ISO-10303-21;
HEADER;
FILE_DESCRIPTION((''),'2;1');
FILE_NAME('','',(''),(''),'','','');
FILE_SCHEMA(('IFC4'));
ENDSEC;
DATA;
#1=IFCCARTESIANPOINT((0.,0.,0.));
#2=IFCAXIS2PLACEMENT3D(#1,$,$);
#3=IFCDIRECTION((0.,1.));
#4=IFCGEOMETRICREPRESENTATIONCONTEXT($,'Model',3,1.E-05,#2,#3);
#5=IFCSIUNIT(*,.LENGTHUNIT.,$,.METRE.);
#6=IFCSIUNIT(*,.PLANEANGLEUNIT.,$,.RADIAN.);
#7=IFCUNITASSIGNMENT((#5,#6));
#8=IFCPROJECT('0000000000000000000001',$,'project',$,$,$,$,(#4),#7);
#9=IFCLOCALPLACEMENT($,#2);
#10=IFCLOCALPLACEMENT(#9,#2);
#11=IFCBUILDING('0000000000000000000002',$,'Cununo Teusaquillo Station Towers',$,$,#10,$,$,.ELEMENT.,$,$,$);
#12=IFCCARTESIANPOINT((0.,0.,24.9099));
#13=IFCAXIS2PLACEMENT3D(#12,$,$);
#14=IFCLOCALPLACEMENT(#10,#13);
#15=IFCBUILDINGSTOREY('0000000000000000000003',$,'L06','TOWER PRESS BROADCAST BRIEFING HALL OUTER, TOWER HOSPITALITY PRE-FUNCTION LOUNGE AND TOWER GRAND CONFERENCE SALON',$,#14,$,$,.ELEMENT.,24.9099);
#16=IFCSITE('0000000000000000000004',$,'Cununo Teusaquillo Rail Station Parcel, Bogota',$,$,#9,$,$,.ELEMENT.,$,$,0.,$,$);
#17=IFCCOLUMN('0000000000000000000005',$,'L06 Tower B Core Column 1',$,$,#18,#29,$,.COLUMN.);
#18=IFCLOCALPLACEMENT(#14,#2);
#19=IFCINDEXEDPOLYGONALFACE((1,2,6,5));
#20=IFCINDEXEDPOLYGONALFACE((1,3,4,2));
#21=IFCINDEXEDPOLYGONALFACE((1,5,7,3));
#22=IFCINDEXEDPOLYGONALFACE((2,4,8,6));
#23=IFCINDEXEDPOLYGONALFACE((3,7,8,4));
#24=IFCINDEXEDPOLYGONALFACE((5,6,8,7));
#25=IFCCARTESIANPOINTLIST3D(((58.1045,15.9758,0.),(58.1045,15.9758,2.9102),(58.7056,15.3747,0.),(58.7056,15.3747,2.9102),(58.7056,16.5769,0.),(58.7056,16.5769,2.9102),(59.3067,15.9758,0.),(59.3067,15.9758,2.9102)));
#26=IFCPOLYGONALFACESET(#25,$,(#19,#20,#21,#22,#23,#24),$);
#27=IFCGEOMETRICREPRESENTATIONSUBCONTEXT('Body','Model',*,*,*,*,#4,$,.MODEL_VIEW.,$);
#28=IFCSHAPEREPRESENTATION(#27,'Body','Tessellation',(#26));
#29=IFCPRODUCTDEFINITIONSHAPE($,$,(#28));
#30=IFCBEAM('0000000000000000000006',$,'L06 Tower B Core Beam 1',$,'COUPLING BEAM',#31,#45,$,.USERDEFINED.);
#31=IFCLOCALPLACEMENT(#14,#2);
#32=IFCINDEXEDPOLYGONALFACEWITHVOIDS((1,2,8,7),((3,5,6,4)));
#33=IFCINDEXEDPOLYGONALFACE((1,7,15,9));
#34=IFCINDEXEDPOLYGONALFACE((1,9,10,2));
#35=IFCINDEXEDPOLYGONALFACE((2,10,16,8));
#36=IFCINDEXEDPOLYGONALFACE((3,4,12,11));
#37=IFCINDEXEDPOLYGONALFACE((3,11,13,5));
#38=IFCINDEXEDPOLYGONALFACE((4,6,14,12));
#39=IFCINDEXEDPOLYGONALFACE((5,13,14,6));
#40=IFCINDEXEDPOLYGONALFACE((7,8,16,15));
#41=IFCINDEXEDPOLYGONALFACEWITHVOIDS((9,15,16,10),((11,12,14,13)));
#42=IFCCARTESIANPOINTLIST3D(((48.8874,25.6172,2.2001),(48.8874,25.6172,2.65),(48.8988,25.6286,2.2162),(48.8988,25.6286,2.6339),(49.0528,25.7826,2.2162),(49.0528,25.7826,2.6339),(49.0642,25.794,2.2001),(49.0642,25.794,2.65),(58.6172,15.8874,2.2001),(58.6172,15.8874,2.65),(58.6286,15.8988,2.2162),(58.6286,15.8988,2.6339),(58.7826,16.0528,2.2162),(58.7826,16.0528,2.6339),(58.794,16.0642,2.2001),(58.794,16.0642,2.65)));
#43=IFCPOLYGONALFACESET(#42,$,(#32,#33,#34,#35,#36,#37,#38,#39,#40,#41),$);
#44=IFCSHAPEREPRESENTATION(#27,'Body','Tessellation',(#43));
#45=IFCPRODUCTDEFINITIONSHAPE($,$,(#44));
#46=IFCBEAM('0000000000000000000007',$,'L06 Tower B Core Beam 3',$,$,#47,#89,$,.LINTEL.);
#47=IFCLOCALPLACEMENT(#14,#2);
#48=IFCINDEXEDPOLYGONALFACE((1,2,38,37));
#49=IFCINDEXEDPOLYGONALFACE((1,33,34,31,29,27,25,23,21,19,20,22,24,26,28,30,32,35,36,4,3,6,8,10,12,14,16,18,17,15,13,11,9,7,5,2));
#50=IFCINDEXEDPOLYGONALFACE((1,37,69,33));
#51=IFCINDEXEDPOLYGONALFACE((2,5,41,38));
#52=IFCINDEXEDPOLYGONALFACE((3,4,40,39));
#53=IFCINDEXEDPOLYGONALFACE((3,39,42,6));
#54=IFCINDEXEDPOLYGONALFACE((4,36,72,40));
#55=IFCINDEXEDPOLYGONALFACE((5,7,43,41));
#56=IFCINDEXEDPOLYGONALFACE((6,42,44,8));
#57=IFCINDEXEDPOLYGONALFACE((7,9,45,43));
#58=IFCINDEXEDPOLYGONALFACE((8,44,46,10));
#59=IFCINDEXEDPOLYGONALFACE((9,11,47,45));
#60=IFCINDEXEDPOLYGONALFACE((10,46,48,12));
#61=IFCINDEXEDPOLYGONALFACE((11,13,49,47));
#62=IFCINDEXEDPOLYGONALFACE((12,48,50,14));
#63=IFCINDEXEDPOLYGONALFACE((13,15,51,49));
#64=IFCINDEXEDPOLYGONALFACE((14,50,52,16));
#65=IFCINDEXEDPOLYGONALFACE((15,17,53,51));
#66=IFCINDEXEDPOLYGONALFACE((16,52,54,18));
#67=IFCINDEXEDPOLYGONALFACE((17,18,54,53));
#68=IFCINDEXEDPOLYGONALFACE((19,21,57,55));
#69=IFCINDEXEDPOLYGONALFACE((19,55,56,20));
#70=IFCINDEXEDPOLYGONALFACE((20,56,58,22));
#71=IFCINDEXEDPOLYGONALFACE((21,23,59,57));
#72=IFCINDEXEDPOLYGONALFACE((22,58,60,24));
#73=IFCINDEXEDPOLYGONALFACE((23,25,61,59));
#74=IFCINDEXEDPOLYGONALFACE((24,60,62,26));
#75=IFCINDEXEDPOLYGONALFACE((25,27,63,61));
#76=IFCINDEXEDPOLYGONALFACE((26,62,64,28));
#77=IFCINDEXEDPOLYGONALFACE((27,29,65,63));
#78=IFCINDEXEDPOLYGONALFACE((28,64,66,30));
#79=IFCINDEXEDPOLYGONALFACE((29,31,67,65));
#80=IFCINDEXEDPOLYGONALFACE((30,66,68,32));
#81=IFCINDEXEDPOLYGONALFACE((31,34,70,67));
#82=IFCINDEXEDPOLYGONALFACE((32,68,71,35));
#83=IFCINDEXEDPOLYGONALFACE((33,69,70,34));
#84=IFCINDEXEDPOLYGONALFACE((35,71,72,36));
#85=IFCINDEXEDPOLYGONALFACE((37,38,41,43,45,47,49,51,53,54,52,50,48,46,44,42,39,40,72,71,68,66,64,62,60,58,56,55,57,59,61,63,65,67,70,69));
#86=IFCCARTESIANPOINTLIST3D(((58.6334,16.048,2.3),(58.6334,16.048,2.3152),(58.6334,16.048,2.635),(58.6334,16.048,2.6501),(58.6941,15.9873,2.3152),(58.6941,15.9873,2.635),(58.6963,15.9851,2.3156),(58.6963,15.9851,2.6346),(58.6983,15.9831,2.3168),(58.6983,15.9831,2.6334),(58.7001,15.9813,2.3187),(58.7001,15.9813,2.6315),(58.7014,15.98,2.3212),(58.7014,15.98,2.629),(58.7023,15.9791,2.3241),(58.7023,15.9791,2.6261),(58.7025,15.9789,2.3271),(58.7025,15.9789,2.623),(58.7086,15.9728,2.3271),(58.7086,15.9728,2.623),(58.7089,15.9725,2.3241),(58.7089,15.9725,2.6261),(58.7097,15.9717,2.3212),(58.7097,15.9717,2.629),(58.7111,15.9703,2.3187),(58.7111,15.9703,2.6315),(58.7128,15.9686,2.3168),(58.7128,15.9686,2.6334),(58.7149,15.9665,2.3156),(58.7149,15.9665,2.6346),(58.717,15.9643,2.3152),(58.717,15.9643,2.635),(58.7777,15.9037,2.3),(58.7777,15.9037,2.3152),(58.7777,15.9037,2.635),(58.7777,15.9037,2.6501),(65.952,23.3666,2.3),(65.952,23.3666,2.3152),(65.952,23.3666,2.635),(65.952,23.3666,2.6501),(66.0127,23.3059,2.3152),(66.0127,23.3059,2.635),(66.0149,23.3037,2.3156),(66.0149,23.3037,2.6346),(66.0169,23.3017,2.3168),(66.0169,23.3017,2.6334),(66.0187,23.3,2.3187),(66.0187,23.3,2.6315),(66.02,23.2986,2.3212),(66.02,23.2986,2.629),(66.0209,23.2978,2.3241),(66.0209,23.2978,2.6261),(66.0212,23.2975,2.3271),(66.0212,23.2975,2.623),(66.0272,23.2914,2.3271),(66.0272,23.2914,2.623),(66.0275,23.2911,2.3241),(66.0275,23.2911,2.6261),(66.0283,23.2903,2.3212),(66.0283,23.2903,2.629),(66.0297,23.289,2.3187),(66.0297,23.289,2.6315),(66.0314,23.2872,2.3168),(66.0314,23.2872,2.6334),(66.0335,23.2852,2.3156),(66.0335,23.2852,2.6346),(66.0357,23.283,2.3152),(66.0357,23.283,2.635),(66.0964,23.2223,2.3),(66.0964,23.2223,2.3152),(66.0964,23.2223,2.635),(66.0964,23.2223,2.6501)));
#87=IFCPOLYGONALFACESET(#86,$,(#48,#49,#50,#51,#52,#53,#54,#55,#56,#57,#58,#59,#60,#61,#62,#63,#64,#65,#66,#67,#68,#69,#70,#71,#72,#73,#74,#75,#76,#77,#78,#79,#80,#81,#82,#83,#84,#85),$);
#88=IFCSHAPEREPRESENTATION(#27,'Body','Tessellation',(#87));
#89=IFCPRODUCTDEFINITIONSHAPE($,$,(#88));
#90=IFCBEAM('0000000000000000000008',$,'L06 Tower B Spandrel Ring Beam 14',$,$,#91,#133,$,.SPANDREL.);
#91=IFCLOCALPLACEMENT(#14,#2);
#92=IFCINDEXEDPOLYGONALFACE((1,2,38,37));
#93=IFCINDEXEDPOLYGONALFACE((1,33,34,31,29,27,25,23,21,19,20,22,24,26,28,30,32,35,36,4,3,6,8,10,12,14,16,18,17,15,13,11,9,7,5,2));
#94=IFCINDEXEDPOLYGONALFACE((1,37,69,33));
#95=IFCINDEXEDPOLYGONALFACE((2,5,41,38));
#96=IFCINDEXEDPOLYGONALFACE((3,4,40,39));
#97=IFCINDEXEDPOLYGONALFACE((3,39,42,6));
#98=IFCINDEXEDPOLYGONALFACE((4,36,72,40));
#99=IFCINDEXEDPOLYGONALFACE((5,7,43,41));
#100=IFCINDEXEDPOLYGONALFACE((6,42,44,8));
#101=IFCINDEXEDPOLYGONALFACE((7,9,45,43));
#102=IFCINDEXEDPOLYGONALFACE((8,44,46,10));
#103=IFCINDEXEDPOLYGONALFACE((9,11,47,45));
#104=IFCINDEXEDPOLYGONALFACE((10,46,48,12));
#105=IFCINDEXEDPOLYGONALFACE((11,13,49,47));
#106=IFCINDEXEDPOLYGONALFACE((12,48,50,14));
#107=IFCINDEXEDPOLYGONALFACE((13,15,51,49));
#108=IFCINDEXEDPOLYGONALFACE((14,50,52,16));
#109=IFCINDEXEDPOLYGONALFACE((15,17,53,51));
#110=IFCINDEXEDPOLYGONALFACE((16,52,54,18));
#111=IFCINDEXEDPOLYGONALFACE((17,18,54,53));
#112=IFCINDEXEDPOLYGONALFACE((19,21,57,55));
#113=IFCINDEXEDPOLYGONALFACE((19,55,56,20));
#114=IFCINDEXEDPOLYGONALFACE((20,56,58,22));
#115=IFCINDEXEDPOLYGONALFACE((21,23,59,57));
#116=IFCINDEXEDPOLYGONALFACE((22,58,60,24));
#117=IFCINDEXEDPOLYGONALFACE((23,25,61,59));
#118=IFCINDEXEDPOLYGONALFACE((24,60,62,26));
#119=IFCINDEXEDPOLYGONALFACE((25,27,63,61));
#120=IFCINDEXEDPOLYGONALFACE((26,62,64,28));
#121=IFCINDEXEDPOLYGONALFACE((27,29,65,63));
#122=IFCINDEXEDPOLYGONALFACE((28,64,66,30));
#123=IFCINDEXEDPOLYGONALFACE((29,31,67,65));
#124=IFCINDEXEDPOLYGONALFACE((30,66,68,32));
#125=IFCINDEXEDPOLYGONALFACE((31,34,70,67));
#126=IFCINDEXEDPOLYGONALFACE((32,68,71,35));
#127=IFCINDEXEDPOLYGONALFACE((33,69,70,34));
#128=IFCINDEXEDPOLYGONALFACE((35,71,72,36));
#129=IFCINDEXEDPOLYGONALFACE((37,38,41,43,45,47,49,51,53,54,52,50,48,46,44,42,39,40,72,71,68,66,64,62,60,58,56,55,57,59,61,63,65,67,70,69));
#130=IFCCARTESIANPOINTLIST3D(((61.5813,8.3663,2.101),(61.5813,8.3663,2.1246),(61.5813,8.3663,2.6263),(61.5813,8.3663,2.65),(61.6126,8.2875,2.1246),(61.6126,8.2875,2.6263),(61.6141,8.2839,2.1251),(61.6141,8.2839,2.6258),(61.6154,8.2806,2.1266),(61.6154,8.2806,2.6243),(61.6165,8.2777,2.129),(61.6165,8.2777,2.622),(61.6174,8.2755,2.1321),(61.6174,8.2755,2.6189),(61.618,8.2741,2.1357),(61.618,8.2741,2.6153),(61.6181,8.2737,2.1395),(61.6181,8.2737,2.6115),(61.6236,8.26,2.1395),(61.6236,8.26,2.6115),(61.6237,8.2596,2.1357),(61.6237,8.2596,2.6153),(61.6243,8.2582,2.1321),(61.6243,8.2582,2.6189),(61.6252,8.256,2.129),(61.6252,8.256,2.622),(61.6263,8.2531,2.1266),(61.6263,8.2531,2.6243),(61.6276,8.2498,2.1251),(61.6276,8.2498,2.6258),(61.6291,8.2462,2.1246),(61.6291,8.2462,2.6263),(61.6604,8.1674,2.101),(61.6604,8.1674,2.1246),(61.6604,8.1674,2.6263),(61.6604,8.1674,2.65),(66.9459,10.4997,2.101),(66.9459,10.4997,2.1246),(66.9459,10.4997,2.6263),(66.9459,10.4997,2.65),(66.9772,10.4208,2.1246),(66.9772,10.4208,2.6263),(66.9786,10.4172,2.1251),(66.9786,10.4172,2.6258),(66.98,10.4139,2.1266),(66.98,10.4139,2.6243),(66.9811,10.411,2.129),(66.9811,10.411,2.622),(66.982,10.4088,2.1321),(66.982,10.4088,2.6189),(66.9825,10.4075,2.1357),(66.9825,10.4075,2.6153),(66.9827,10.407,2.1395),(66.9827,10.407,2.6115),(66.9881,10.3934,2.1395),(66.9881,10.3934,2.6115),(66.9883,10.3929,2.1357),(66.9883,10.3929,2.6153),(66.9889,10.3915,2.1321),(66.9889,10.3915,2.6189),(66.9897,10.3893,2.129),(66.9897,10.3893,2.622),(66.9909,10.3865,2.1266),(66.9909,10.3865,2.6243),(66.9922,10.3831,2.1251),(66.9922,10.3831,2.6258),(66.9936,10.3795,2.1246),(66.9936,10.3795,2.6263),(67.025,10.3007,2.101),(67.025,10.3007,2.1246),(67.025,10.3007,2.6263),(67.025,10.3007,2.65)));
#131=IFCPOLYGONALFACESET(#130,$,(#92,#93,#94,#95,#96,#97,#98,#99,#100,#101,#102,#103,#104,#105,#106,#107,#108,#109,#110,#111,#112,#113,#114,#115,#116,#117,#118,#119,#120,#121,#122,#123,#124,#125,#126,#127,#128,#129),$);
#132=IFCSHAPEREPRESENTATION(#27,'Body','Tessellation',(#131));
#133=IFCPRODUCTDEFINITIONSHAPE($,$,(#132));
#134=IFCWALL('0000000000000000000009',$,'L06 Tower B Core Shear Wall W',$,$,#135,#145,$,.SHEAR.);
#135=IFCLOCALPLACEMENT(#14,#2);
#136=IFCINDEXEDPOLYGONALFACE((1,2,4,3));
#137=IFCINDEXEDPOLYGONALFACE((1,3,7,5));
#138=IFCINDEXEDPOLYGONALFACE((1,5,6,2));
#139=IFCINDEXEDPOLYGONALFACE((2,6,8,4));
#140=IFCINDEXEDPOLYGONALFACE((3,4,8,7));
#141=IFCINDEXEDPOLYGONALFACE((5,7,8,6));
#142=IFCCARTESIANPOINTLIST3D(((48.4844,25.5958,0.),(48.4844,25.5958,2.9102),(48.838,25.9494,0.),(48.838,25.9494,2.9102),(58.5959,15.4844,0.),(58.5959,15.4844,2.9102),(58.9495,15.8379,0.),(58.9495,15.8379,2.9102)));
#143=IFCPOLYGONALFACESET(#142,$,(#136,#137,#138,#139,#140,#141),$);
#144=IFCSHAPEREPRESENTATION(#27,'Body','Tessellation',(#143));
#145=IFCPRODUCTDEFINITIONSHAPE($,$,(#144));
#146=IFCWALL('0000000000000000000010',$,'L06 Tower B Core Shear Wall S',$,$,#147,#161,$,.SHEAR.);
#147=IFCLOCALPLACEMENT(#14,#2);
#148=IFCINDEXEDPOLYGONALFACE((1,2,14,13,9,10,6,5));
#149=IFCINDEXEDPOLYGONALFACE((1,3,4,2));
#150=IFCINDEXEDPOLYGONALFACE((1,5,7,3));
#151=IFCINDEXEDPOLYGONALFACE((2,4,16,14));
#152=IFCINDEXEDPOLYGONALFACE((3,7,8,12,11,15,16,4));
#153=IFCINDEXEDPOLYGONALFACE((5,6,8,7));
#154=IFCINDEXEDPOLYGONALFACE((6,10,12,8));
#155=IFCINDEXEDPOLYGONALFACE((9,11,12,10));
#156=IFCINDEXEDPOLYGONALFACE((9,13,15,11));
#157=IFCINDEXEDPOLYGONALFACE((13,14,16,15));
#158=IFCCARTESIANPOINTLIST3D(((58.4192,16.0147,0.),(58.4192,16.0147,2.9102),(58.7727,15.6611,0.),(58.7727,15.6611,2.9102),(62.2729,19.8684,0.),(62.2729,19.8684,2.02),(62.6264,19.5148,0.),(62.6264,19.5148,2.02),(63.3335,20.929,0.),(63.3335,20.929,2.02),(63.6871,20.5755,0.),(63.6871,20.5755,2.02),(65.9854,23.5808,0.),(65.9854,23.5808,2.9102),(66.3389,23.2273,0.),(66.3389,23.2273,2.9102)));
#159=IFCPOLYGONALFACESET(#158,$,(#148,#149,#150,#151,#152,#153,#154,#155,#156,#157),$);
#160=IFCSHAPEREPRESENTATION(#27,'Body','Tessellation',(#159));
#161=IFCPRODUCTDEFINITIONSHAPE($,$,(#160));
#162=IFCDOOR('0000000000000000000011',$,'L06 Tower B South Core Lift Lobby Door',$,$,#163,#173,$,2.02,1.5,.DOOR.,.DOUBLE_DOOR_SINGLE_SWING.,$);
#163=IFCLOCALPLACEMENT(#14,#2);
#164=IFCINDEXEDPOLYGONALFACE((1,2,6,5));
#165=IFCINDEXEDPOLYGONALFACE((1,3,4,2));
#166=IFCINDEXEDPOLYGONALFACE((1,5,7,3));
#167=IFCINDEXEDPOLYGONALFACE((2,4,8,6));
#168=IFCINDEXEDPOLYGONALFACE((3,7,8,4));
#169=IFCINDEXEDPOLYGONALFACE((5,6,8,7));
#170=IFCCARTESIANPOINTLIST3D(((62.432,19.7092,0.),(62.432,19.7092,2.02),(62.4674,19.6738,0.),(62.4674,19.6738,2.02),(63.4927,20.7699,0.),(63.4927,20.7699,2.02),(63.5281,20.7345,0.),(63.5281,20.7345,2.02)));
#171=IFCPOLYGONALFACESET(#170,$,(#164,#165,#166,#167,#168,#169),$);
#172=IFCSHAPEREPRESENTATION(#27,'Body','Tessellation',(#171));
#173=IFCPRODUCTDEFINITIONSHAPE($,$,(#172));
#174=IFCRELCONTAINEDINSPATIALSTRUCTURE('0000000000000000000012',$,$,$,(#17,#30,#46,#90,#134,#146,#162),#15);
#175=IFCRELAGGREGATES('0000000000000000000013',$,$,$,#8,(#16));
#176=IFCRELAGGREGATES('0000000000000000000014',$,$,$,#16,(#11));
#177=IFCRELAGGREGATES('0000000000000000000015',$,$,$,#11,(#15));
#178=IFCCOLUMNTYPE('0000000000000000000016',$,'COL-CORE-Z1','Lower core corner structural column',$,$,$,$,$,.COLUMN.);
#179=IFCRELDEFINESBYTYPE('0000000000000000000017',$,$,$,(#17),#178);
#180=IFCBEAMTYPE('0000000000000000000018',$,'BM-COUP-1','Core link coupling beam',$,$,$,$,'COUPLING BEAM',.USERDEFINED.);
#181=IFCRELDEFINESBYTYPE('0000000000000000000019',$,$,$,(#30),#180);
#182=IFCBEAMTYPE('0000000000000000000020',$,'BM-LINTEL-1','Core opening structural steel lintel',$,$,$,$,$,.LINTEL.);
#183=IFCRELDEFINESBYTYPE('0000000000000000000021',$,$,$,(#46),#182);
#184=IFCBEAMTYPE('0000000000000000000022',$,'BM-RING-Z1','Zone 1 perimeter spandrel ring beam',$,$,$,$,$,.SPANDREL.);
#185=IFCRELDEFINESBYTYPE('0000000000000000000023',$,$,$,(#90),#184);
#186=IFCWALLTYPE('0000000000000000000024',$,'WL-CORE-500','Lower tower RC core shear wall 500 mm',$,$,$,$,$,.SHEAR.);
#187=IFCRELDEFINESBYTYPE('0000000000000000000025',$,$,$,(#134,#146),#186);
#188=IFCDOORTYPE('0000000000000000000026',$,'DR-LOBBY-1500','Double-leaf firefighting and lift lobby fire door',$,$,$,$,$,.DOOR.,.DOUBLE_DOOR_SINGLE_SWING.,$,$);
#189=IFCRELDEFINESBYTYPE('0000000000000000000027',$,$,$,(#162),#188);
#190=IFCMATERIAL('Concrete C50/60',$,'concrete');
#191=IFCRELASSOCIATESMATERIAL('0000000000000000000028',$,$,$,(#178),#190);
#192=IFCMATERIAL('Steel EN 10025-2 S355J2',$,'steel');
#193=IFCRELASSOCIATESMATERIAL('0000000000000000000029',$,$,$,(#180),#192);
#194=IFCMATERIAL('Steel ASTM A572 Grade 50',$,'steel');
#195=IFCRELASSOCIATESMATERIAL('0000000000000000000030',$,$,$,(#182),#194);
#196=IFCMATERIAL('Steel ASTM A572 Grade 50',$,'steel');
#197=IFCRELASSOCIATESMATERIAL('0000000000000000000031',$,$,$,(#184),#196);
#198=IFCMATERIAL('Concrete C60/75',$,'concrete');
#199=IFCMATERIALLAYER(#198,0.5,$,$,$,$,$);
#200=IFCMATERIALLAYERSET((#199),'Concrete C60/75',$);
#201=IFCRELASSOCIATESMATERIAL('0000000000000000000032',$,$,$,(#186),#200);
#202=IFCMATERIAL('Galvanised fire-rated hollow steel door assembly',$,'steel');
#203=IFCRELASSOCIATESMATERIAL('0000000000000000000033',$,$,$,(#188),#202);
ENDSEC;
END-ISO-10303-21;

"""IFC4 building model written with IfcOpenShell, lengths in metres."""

from ifc_helpers import new_model, si_unit, direction, frame, frame_2d, origin, origin_2d, place, context, subcontext, project, spatial, rectangle, hollow_rectangle, i_section, extrude, source, transform, mapped, material, layer, layer_set, material_profile, profile_set, type_object, element, fill, save


model = new_model("IFC4")

# Units and contexts
model_context = context("Model", 3, precision=1e-05, world=origin(), true_north=direction((0.0, 1.0)))
body_context = subcontext(model_context, "Body", "Model", "MODEL_VIEW")
ifc_project = project(units=[si_unit("LENGTHUNIT", "METRE"), si_unit("PLANEANGLEUNIT", "RADIAN")], contexts=[model_context])

# Site, building, storey
site_placement = place(None, origin())
site = spatial("IfcSite", under=ifc_project, at=site_placement, Name="Cununo Teusaquillo Rail Station Parcel, Bogota", CompositionType="ELEMENT", RefElevation=0.0)
building_placement = place(site_placement, origin())
building = spatial("IfcBuilding", under=site, at=building_placement, Name="Cununo Teusaquillo Station Towers", CompositionType="ELEMENT")
storey_placement = place(building_placement, frame((0.0, 0.0, 24.9099)))
storey = spatial("IfcBuildingStorey", under=building, at=storey_placement, Name="L06", Description="TOWER PRESS BROADCAST BRIEFING HALL OUTER, TOWER HOSPITALITY PRE-FUNCTION LOUNGE AND TOWER GRAND CONFERENCE SALON", CompositionType="ELEMENT", Elevation=24.9099)

# Column
ifc_material_1 = material(Name="Concrete C50/60", Category="concrete")
ifc_material_profile_1 = material_profile(ifc_material_1, rectangle(XDim=0.8501, YDim=0.8501, at=origin_2d()), Name="RC-RECT-850x850")
ifc_profile_set_1 = profile_set([ifc_material_profile_1], Name="Concrete C50/60")
column_type = type_object("IfcColumnType", Name="COL-CORE-Z1", Description="Lower core corner structural column", PredefinedType="COLUMN", material=ifc_profile_set_1)
column_placement = place(storey_placement, frame((58.7056, 15.9758, 0.0), z_axis=(0.0, 0.0, 1.0), x_axis=(0.707107, 0.707107, 0.0)))
element("IfcColumn", 1, at=column_placement, inside=storey, type_object=column_type, Name="L06 Tower B Core Column 1", PredefinedType="COLUMN", context=body_context, shape_type="SweptSolid", body=[
    extrude(rectangle(XDim=0.8501, YDim=0.8501, at=origin_2d()), origin(), (0.0, 0.0, 1.0), 2.9102),
])

# Beams
ifc_material_2 = material(Name="Steel EN 10025-2 S355J2", Category="steel")
ifc_material_profile_2 = material_profile(ifc_material_2, hollow_rectangle(XDim=0.25, YDim=0.45, WallThickness=0.0161, at=origin_2d()), Name="RHS 450x250x16")
ifc_profile_set_2 = profile_set([ifc_material_profile_2], Name="Steel EN 10025-2 S355J2")
beam_type_1 = type_object("IfcBeamType", Name="BM-COUP-1", Description="Core link coupling beam", ElementType="COUPLING BEAM", PredefinedType="USERDEFINED", material=ifc_profile_set_2)
beam_1_placement = place(storey_placement, frame((58.7056, 15.9758, 2.425), z_axis=(-0.707107, 0.707107, 0.0), x_axis=(-0.707107, -0.707107, 0.0)))
element("IfcBeam", 2, at=beam_1_placement, inside=storey, type_object=beam_type_1, Name="L06 Tower B Core Beam 1", ObjectType="COUPLING BEAM", PredefinedType="USERDEFINED", context=body_context, shape_type="SweptSolid", body=[
    extrude(hollow_rectangle(XDim=0.25, YDim=0.45, WallThickness=0.0161, at=origin_2d()), origin(), (0.0, 0.0, 1.0), 13.76),
])
ifc_material_3 = material(Name="Steel ASTM A572 Grade 50", Category="steel")
ifc_material_profile_3 = material_profile(ifc_material_3, i_section(OverallWidth=0.2041, OverallDepth=0.3501, WebThickness=0.0085, FlangeThickness=0.0151, FilletRadius=0.012, at=origin_2d()), Name="W14X48")
ifc_profile_set_3 = profile_set([ifc_material_profile_3], Name="Steel ASTM A572 Grade 50")
beam_type_2 = type_object("IfcBeamType", Name="BM-LINTEL-1", Description="Core opening structural steel lintel", PredefinedType="LINTEL", material=ifc_profile_set_3)
beam_2_placement = place(storey_placement, frame((58.7056, 15.9758, 2.4751), z_axis=(0.707107, 0.707107, 0.0), x_axis=(-0.707107, 0.707107, 0.0)))
element("IfcBeam", 3, at=beam_2_placement, inside=storey, type_object=beam_type_2, Name="L06 Tower B Core Beam 3", PredefinedType="LINTEL", context=body_context, shape_type="SweptSolid", body=[
    extrude(i_section(OverallWidth=0.2041, OverallDepth=0.3501, WebThickness=0.0085, FlangeThickness=0.0151, FilletRadius=0.012, at=origin_2d()), origin(), (0.0, 0.0, 1.0), 10.3501),
])
ifc_material_4 = material(Name="Steel ASTM A572 Grade 50", Category="steel")
ifc_material_profile_4 = material_profile(ifc_material_4, i_section(OverallWidth=0.2141, OverallDepth=0.5491, WebThickness=0.0146, FlangeThickness=0.0237, FilletRadius=0.0149, at=origin_2d()), Name="W21X93")
ifc_profile_set_4 = profile_set([ifc_material_profile_4], Name="Steel ASTM A572 Grade 50")
beam_type_3 = type_object("IfcBeamType", Name="BM-RING-Z1", Description="Zone 1 perimeter spandrel ring beam", PredefinedType="SPANDREL", material=ifc_profile_set_4)
beam_3_placement = place(storey_placement, frame((61.6208, 8.2668, 2.3755), z_axis=(0.929221, 0.369523, 0.0), x_axis=(-0.369523, 0.929221, 0.0)))
element("IfcBeam", 4, at=beam_3_placement, inside=storey, type_object=beam_type_3, Name="L06 Tower B Spandrel Ring Beam 14", PredefinedType="SPANDREL", context=body_context, shape_type="SweptSolid", body=[
    extrude(i_section(OverallWidth=0.2141, OverallDepth=0.5491, WebThickness=0.0146, FlangeThickness=0.0237, FilletRadius=0.0149, at=origin_2d()), origin(), (0.0, 0.0, 1.0), 5.7732),
])

# Wall
ifc_material_5 = material(Name="Concrete C60/75", Category="concrete")
ifc_layer_1 = layer(ifc_material_5, 0.5)
ifc_layer_set_1 = layer_set([ifc_layer_1], Name="Concrete C60/75")
wall_type_1 = type_object("IfcWallType", Name="WL-CORE-500", Description="Lower tower RC core shear wall 500 mm", PredefinedType="SHEAR", material=ifc_layer_set_1)
wall_1_placement = place(storey_placement, frame((58.7727, 15.6611, 0.0), z_axis=(0.0, 0.0, 1.0), x_axis=(-0.707107, 0.707107, 0.0)))
element("IfcWall", 5, at=wall_1_placement, inside=storey, type_object=wall_type_1, Name="L06 Tower B Core Shear Wall W", PredefinedType="SHEAR", context=body_context, shape_type="SweptSolid", body=[
    extrude(rectangle(XDim=14.2998, YDim=0.5, at=frame_2d((7.1499, 0.0))), origin(), (0.0, 0.0, 1.0), 2.9102),
])

# Wall, opening, door
wall_2_placement = place(storey_placement, frame((58.5959, 15.8379, 0.0), z_axis=(0.0, 0.0, 1.0), x_axis=(0.707107, 0.707107, 0.0)))
wall_2 = element("IfcWall", 6, at=wall_2_placement, inside=storey, type_object=wall_type_1, Name="L06 Tower B Core Shear Wall S", PredefinedType="SHEAR", context=body_context, shape_type="SweptSolid", body=[
    extrude(rectangle(XDim=10.7002, YDim=0.5, at=frame_2d((5.3501, 0.0))), origin(), (0.0, 0.0, 1.0), 2.9102),
])
shared_shape_1 = source(origin(), body_context, "Body", "SweptSolid", [
    extrude(rectangle(XDim=1.5, YDim=2.02, at=frame_2d((0.75, 1.01))), frame((0.0, 0.26, 0.0), z_axis=(0.0, -1.0, 0.0), x_axis=(1.0, 0.0, 0.0)), (0.0, 0.0, 1.0), 0.52),
])
opening_1_placement = place(wall_2_placement, frame((5.45, 0.0, 0.0)))
opening_1 = element("IfcOpeningElement", 7, at=opening_1_placement, cuts=wall_2, PredefinedType="OPENING", context=body_context, shape_type="MappedRepresentation", body=[
    mapped(shared_shape_1, transform((0.0, 0.0, 0.0), x_axis=(1.0, 0.0, 0.0), y_axis=(0.0, 1.0, 0.0), z_axis=(0.0, 0.0, 1.0), scale=1.0)),
])
ifc_material_6 = material(Name="Galvanised fire-rated hollow steel door assembly", Category="steel")
door_type_1 = type_object("IfcDoorType", Name="DR-LOBBY-1500", Description="Double-leaf firefighting and lift lobby fire door", OperationType="DOUBLE_DOOR_SINGLE_SWING", PredefinedType="DOOR", material=ifc_material_6)
shared_shape_2 = source(origin(), body_context, "Body", "SweptSolid", [
    extrude(rectangle(XDim=1.5, YDim=2.02, at=frame_2d((0.75, 1.01))), frame((0.0, 0.0249, 0.0), z_axis=(0.0, -1.0, 0.0), x_axis=(1.0, 0.0, 0.0)), (0.0, 0.0, 1.0), 0.05),
])
door_1_placement = place(opening_1_placement, origin())
door_1 = element("IfcDoor", 8, at=door_1_placement, inside=storey, type_object=door_type_1, Name="L06 Tower B South Core Lift Lobby Door", OperationType="DOUBLE_DOOR_SINGLE_SWING", OverallHeight=2.02, OverallWidth=1.5, PredefinedType="DOOR", context=body_context, shape_type="MappedRepresentation", body=[
    mapped(shared_shape_2, transform((0.0, 0.0, 0.0), x_axis=(1.0, 0.0, 0.0), y_axis=(0.0, 1.0, 0.0), z_axis=(0.0, 0.0, 1.0), scale=1.0)),
])
fill(opening_1, door_1)

save(model, "model.ifc")
